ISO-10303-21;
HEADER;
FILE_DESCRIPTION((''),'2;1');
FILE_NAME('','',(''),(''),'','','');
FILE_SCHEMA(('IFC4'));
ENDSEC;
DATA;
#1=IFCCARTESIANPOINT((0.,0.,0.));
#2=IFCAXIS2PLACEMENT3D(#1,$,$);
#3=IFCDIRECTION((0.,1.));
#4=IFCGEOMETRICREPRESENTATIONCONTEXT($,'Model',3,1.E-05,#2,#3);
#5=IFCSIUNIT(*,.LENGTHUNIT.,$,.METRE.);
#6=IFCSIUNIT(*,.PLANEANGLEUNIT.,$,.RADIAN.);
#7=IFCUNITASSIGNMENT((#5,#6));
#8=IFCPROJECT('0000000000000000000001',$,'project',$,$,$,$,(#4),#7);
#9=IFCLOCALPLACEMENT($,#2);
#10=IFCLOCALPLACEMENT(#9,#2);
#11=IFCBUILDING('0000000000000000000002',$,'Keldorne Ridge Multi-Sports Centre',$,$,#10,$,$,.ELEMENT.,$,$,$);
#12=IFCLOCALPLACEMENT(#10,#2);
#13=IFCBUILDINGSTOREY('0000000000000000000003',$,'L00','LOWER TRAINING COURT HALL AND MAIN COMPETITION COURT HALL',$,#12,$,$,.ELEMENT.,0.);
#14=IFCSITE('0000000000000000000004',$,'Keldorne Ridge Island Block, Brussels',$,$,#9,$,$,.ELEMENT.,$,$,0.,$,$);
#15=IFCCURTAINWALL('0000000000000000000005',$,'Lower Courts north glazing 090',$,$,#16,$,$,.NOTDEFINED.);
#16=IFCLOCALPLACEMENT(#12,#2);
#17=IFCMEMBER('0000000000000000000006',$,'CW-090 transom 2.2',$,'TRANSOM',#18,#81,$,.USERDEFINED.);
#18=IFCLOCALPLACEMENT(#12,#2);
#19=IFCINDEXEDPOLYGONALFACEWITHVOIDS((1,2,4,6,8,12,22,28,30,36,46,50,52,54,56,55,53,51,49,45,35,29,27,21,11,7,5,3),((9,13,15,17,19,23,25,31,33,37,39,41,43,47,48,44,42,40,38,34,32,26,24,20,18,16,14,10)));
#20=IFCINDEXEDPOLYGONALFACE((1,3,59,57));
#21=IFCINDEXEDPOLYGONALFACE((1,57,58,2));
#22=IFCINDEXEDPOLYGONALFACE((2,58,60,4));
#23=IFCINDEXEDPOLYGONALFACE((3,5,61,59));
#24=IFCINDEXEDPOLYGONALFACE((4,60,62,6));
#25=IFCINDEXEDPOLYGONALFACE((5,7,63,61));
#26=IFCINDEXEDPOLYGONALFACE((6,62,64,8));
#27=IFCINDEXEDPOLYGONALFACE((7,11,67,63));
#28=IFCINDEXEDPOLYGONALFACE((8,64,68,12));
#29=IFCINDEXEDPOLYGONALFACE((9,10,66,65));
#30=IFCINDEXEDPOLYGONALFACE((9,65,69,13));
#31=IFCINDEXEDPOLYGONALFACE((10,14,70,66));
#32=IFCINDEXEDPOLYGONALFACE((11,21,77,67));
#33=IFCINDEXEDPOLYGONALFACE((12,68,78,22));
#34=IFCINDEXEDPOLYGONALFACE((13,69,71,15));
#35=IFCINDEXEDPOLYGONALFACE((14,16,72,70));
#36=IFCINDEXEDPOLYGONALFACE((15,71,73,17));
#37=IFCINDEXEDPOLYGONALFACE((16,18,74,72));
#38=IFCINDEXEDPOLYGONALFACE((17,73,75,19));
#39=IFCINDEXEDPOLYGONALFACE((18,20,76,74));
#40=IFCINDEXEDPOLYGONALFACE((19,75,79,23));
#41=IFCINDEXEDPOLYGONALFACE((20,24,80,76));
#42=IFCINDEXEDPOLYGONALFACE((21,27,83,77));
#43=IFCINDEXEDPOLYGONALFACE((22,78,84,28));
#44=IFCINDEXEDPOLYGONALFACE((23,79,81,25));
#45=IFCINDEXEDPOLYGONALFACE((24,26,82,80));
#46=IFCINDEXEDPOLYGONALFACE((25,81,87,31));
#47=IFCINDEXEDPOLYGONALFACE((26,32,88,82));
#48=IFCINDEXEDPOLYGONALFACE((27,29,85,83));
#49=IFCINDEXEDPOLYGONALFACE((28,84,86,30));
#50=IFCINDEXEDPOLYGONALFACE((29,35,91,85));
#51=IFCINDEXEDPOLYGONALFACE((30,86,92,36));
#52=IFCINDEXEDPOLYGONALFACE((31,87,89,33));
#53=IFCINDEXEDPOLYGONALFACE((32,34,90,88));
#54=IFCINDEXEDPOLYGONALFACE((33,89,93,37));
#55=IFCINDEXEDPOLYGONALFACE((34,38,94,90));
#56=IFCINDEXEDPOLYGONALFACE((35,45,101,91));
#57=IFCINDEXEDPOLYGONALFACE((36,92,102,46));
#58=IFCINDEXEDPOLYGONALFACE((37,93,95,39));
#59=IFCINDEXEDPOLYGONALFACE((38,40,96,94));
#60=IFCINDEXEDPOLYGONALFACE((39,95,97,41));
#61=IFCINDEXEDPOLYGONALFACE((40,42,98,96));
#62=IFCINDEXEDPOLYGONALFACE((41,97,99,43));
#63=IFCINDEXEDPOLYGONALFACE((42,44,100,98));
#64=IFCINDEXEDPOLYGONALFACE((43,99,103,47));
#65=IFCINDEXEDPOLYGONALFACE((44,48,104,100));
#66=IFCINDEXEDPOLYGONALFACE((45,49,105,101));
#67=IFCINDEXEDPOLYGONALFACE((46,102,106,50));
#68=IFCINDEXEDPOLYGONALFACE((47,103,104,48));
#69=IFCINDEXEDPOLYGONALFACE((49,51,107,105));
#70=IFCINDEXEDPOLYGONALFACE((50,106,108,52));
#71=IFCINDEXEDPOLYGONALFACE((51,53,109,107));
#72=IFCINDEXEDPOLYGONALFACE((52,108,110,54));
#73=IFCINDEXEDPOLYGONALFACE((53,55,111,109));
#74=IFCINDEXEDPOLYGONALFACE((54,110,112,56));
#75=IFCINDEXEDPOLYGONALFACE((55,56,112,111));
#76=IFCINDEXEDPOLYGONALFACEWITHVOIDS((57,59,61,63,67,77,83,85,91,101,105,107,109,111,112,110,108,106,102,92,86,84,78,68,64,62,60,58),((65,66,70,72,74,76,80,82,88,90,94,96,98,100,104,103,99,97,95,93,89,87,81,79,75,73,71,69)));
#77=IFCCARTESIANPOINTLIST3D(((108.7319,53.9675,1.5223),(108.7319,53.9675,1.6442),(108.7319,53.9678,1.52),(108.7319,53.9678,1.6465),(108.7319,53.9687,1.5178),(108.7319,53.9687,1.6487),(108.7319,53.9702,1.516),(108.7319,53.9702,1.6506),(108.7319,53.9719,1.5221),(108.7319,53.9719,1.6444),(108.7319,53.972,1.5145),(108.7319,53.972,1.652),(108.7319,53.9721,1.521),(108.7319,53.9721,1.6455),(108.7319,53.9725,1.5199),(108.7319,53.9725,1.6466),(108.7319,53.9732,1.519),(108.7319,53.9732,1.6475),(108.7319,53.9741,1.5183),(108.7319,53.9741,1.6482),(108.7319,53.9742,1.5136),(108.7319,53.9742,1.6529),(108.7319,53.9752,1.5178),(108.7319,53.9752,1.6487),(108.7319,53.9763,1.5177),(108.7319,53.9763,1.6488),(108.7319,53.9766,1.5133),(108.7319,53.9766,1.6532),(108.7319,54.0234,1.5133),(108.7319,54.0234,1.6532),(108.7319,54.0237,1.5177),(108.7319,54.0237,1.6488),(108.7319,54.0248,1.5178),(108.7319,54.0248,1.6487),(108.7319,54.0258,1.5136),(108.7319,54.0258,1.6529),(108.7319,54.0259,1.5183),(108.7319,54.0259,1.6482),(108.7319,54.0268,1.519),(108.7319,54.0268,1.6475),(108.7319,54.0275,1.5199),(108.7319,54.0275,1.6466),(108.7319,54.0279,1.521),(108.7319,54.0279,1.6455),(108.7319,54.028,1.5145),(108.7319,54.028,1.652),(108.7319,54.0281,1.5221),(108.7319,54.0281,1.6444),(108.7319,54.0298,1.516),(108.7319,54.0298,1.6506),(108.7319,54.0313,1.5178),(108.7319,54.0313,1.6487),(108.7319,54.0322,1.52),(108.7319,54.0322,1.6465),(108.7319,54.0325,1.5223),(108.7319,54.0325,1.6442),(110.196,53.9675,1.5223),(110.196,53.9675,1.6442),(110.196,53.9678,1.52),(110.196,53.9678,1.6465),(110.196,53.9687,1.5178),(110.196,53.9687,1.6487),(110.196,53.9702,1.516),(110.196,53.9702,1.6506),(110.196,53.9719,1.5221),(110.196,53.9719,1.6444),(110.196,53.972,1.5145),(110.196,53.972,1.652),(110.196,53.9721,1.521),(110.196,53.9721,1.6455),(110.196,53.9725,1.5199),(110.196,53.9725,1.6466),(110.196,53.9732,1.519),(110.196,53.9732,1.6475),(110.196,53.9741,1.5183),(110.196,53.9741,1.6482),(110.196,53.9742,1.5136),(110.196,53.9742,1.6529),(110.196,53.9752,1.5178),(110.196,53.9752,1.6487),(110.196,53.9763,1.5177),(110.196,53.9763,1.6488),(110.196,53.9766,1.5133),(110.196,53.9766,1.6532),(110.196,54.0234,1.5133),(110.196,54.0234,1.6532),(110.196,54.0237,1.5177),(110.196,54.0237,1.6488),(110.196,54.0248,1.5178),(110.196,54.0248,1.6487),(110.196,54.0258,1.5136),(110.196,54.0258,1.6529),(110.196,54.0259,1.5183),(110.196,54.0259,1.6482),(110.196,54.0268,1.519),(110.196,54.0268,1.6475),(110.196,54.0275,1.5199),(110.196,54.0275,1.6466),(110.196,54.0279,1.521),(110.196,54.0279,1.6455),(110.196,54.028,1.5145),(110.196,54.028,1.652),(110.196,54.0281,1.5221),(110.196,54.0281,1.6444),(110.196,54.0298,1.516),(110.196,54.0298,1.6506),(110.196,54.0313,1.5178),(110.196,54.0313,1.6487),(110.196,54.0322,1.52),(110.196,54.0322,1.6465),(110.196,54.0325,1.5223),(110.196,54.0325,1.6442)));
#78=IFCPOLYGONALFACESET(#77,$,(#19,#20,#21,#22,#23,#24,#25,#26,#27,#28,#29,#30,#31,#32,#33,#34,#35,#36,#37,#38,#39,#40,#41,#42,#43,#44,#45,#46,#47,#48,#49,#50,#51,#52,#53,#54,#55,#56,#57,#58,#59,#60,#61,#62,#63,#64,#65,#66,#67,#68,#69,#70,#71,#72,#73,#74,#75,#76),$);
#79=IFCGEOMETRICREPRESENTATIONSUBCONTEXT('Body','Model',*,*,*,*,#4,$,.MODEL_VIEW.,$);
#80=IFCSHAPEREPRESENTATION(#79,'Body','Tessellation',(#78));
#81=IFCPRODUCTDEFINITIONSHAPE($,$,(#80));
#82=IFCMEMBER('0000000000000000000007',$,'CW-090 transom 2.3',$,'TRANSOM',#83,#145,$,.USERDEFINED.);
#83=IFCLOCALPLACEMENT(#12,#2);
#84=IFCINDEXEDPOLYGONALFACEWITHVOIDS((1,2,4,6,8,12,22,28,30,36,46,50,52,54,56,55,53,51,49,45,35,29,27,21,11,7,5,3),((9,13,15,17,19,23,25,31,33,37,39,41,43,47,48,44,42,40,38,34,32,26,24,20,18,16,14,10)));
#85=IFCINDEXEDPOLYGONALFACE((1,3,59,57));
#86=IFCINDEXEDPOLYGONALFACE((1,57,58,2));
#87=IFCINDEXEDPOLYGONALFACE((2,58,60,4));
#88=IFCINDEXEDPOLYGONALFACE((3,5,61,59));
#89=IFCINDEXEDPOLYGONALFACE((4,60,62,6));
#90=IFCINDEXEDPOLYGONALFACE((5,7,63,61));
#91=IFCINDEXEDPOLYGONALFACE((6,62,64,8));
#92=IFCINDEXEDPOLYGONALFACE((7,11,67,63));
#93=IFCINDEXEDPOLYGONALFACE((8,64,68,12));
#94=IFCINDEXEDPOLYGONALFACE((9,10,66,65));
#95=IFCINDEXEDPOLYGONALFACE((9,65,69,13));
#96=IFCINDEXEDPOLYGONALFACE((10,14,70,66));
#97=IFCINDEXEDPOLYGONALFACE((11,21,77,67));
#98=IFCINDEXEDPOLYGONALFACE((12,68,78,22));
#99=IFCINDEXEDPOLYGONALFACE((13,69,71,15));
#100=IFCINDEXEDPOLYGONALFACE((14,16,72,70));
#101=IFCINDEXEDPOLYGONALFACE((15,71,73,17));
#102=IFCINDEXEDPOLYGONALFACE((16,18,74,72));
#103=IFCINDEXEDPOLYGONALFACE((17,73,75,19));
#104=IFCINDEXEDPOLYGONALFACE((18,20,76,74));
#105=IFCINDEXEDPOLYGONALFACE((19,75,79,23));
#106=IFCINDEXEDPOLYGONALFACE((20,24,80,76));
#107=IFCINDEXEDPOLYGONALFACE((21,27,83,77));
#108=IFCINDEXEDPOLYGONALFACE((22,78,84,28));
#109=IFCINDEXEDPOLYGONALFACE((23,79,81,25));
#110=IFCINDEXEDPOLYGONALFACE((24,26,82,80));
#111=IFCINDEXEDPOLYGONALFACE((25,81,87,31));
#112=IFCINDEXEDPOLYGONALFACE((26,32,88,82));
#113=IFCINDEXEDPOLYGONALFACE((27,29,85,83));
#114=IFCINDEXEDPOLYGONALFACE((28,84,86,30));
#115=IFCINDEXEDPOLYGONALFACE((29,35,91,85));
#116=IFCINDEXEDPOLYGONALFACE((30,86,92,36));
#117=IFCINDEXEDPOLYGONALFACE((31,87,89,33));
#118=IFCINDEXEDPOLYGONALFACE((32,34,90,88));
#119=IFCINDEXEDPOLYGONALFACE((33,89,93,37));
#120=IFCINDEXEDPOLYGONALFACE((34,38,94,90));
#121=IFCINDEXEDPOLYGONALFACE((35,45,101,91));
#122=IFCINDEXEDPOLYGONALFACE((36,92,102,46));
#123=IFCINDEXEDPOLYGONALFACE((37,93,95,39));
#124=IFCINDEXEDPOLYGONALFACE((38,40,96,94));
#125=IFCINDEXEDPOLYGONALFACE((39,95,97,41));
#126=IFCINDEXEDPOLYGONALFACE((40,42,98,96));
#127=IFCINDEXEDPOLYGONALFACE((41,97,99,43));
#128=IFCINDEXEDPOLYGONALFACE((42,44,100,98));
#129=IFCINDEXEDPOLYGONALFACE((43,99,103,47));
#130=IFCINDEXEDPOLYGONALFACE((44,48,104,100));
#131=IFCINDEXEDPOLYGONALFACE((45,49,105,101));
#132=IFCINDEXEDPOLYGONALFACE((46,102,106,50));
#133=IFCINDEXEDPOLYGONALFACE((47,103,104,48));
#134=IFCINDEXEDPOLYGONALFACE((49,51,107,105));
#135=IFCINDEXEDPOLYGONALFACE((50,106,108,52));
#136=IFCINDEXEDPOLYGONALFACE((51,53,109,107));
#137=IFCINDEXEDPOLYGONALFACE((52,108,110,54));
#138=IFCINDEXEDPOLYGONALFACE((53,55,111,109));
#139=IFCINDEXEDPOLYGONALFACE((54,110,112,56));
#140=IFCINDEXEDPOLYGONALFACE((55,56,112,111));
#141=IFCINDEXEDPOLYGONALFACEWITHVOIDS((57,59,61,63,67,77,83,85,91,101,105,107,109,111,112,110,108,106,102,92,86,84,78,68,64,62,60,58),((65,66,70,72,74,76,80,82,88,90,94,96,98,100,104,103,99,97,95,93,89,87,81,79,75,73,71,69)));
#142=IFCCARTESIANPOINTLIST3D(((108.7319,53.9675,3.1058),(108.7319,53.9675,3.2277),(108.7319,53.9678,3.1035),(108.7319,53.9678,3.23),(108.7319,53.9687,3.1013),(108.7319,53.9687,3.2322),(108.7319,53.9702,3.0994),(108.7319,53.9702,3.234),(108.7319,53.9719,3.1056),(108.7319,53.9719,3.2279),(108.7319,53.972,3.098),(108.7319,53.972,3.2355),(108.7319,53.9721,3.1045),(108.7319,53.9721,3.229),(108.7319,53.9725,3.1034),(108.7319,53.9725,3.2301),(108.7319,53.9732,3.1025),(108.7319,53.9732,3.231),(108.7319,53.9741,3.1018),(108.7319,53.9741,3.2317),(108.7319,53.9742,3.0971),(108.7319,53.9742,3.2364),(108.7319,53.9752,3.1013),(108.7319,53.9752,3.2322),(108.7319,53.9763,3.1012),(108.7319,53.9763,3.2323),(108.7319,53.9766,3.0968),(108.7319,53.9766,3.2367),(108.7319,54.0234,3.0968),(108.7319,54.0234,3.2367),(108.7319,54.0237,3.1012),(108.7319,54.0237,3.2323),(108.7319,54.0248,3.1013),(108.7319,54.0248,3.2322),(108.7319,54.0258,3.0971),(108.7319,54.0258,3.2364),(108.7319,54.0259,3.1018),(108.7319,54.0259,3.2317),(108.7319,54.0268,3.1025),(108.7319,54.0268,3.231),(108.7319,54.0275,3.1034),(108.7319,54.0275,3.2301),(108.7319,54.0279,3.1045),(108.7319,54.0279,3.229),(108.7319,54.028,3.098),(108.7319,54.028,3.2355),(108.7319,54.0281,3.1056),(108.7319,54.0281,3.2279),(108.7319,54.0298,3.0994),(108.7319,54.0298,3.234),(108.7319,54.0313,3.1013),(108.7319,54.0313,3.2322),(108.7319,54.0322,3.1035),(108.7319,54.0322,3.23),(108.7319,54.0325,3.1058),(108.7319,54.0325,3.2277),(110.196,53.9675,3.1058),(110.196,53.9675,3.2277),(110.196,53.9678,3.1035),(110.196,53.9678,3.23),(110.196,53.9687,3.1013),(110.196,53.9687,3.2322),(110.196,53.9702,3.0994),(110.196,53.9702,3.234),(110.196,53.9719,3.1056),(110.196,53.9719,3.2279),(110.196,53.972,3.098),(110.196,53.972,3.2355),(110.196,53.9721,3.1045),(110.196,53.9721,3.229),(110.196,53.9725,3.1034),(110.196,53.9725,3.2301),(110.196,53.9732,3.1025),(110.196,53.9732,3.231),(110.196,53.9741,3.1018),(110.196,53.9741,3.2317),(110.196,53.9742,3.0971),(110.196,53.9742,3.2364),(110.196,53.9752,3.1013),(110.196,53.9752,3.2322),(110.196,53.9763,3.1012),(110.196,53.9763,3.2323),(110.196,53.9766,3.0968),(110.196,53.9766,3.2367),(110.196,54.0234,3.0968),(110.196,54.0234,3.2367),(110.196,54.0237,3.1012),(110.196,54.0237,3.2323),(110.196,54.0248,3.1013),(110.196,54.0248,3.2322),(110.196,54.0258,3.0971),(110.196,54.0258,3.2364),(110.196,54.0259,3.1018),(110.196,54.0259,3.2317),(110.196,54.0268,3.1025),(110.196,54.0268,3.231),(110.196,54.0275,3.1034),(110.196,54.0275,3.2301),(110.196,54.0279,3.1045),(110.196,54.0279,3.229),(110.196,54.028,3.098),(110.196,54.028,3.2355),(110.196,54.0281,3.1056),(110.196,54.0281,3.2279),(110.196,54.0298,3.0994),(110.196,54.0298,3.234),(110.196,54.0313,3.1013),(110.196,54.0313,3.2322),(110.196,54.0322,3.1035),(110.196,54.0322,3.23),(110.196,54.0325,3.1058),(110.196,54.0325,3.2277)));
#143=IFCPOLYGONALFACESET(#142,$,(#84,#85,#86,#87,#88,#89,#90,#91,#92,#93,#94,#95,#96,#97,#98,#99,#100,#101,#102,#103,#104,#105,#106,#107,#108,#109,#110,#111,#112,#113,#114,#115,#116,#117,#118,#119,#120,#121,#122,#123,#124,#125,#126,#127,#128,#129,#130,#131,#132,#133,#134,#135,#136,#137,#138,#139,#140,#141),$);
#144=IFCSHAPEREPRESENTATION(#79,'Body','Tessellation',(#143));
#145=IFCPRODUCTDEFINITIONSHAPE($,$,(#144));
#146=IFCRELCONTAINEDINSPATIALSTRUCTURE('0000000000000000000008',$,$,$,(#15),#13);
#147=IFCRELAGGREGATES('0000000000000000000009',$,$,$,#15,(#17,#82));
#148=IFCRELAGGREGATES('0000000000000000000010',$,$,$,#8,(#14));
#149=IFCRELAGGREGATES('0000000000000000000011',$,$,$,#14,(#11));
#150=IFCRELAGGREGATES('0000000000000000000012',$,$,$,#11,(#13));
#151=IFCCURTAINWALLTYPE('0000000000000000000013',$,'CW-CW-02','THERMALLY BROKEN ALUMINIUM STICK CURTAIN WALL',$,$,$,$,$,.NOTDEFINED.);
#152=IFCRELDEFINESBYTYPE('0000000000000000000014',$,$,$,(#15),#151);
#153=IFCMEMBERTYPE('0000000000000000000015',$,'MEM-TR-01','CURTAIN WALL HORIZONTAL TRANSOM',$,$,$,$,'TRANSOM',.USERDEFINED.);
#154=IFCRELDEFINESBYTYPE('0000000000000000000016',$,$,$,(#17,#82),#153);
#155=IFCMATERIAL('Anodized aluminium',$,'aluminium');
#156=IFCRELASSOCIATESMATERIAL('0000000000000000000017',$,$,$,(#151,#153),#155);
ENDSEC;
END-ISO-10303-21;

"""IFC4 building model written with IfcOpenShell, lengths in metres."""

from ifc_helpers import new_model, si_unit, direction, frame, origin, origin_2d, place, context, subcontext, project, spatial, hollow_rectangle, extrude, material, material_profile, profile_set, type_object, element, aggregate, save


model = new_model("IFC4")

# Units and contexts
model_context = context("Model", 3, precision=1e-05, world=origin(), true_north=direction((0.0, 1.0)))
body_context = subcontext(model_context, "Body", "Model", "MODEL_VIEW")
ifc_project = project(units=[si_unit("LENGTHUNIT", "METRE"), si_unit("PLANEANGLEUNIT", "RADIAN")], contexts=[model_context])

# Site, building, storey
site_placement = place(None, origin())
site = spatial("IfcSite", under=ifc_project, at=site_placement, Name="Keldorne Ridge Island Block, Brussels", CompositionType="ELEMENT", RefElevation=0.0)
building_placement = place(site_placement, origin())
building = spatial("IfcBuilding", under=site, at=building_placement, Name="Keldorne Ridge Multi-Sports Centre", CompositionType="ELEMENT")
storey_placement = place(building_placement, origin())
storey = spatial("IfcBuildingStorey", under=building, at=storey_placement, Name="L00", Description="LOWER TRAINING COURT HALL AND MAIN COMPETITION COURT HALL", CompositionType="ELEMENT", Elevation=0.0)

# Curtain wall, members
ifc_material_1 = material(Name="Anodized aluminium", Category="aluminium")
curtain_wall_type = type_object("IfcCurtainWallType", Name="CW-CW-02", Description="THERMALLY BROKEN ALUMINIUM STICK CURTAIN WALL", PredefinedType="NOTDEFINED", material=ifc_material_1)
curtain_wall_placement = place(storey_placement, origin())
curtain_wall = element("IfcCurtainWall", 1, at=curtain_wall_placement, inside=storey, type_object=curtain_wall_type, Name="Lower Courts north glazing 090", PredefinedType="NOTDEFINED")
ifc_material_profile_1 = material_profile(ifc_material_1, hollow_rectangle(XDim=0.0649, YDim=0.1399, WallThickness=0.0044, InnerFilletRadius=0.0044, OuterFilletRadius=0.009, at=origin_2d()), Name="ALU TRANSOM 140x65x4.5")
ifc_profile_set_1 = profile_set([ifc_material_profile_1], Name="Anodized aluminium")
member_type_1 = type_object("IfcMemberType", Name="MEM-TR-01", Description="CURTAIN WALL HORIZONTAL TRANSOM", ElementType="TRANSOM", PredefinedType="USERDEFINED", material=ifc_profile_set_1)
member_1_placement = place(storey_placement, frame((110.196, 54.0, 1.5833), z_axis=(-1.0, 0.0, 0.0), x_axis=(0.0, -1.0, 0.0)))
member_1 = element("IfcMember", 2, at=member_1_placement, type_object=member_type_1, Name="CW-090 transom 2.2", ObjectType="TRANSOM", PredefinedType="USERDEFINED", context=body_context, shape_type="SweptSolid", body=[
    extrude(hollow_rectangle(XDim=0.0649, YDim=0.1399, WallThickness=0.0044, InnerFilletRadius=0.0044, OuterFilletRadius=0.009, at=origin_2d()), origin(), (0.0, 0.0, 1.0), 1.4641),
])
member_2_placement = place(storey_placement, frame((110.196, 54.0, 3.1667), z_axis=(-1.0, 0.0, 0.0), x_axis=(0.0, -1.0, 0.0)))
member_2 = element("IfcMember", 3, at=member_2_placement, type_object=member_type_1, Name="CW-090 transom 2.3", ObjectType="TRANSOM", PredefinedType="USERDEFINED", context=body_context, shape_type="SweptSolid", body=[
    extrude(hollow_rectangle(XDim=0.0649, YDim=0.1399, WallThickness=0.0044, InnerFilletRadius=0.0044, OuterFilletRadius=0.009, at=origin_2d()), origin(), (0.0, 0.0, 1.0), 1.4641),
])
aggregate(curtain_wall, [member_1, member_2])

save(model, "model.ifc")
